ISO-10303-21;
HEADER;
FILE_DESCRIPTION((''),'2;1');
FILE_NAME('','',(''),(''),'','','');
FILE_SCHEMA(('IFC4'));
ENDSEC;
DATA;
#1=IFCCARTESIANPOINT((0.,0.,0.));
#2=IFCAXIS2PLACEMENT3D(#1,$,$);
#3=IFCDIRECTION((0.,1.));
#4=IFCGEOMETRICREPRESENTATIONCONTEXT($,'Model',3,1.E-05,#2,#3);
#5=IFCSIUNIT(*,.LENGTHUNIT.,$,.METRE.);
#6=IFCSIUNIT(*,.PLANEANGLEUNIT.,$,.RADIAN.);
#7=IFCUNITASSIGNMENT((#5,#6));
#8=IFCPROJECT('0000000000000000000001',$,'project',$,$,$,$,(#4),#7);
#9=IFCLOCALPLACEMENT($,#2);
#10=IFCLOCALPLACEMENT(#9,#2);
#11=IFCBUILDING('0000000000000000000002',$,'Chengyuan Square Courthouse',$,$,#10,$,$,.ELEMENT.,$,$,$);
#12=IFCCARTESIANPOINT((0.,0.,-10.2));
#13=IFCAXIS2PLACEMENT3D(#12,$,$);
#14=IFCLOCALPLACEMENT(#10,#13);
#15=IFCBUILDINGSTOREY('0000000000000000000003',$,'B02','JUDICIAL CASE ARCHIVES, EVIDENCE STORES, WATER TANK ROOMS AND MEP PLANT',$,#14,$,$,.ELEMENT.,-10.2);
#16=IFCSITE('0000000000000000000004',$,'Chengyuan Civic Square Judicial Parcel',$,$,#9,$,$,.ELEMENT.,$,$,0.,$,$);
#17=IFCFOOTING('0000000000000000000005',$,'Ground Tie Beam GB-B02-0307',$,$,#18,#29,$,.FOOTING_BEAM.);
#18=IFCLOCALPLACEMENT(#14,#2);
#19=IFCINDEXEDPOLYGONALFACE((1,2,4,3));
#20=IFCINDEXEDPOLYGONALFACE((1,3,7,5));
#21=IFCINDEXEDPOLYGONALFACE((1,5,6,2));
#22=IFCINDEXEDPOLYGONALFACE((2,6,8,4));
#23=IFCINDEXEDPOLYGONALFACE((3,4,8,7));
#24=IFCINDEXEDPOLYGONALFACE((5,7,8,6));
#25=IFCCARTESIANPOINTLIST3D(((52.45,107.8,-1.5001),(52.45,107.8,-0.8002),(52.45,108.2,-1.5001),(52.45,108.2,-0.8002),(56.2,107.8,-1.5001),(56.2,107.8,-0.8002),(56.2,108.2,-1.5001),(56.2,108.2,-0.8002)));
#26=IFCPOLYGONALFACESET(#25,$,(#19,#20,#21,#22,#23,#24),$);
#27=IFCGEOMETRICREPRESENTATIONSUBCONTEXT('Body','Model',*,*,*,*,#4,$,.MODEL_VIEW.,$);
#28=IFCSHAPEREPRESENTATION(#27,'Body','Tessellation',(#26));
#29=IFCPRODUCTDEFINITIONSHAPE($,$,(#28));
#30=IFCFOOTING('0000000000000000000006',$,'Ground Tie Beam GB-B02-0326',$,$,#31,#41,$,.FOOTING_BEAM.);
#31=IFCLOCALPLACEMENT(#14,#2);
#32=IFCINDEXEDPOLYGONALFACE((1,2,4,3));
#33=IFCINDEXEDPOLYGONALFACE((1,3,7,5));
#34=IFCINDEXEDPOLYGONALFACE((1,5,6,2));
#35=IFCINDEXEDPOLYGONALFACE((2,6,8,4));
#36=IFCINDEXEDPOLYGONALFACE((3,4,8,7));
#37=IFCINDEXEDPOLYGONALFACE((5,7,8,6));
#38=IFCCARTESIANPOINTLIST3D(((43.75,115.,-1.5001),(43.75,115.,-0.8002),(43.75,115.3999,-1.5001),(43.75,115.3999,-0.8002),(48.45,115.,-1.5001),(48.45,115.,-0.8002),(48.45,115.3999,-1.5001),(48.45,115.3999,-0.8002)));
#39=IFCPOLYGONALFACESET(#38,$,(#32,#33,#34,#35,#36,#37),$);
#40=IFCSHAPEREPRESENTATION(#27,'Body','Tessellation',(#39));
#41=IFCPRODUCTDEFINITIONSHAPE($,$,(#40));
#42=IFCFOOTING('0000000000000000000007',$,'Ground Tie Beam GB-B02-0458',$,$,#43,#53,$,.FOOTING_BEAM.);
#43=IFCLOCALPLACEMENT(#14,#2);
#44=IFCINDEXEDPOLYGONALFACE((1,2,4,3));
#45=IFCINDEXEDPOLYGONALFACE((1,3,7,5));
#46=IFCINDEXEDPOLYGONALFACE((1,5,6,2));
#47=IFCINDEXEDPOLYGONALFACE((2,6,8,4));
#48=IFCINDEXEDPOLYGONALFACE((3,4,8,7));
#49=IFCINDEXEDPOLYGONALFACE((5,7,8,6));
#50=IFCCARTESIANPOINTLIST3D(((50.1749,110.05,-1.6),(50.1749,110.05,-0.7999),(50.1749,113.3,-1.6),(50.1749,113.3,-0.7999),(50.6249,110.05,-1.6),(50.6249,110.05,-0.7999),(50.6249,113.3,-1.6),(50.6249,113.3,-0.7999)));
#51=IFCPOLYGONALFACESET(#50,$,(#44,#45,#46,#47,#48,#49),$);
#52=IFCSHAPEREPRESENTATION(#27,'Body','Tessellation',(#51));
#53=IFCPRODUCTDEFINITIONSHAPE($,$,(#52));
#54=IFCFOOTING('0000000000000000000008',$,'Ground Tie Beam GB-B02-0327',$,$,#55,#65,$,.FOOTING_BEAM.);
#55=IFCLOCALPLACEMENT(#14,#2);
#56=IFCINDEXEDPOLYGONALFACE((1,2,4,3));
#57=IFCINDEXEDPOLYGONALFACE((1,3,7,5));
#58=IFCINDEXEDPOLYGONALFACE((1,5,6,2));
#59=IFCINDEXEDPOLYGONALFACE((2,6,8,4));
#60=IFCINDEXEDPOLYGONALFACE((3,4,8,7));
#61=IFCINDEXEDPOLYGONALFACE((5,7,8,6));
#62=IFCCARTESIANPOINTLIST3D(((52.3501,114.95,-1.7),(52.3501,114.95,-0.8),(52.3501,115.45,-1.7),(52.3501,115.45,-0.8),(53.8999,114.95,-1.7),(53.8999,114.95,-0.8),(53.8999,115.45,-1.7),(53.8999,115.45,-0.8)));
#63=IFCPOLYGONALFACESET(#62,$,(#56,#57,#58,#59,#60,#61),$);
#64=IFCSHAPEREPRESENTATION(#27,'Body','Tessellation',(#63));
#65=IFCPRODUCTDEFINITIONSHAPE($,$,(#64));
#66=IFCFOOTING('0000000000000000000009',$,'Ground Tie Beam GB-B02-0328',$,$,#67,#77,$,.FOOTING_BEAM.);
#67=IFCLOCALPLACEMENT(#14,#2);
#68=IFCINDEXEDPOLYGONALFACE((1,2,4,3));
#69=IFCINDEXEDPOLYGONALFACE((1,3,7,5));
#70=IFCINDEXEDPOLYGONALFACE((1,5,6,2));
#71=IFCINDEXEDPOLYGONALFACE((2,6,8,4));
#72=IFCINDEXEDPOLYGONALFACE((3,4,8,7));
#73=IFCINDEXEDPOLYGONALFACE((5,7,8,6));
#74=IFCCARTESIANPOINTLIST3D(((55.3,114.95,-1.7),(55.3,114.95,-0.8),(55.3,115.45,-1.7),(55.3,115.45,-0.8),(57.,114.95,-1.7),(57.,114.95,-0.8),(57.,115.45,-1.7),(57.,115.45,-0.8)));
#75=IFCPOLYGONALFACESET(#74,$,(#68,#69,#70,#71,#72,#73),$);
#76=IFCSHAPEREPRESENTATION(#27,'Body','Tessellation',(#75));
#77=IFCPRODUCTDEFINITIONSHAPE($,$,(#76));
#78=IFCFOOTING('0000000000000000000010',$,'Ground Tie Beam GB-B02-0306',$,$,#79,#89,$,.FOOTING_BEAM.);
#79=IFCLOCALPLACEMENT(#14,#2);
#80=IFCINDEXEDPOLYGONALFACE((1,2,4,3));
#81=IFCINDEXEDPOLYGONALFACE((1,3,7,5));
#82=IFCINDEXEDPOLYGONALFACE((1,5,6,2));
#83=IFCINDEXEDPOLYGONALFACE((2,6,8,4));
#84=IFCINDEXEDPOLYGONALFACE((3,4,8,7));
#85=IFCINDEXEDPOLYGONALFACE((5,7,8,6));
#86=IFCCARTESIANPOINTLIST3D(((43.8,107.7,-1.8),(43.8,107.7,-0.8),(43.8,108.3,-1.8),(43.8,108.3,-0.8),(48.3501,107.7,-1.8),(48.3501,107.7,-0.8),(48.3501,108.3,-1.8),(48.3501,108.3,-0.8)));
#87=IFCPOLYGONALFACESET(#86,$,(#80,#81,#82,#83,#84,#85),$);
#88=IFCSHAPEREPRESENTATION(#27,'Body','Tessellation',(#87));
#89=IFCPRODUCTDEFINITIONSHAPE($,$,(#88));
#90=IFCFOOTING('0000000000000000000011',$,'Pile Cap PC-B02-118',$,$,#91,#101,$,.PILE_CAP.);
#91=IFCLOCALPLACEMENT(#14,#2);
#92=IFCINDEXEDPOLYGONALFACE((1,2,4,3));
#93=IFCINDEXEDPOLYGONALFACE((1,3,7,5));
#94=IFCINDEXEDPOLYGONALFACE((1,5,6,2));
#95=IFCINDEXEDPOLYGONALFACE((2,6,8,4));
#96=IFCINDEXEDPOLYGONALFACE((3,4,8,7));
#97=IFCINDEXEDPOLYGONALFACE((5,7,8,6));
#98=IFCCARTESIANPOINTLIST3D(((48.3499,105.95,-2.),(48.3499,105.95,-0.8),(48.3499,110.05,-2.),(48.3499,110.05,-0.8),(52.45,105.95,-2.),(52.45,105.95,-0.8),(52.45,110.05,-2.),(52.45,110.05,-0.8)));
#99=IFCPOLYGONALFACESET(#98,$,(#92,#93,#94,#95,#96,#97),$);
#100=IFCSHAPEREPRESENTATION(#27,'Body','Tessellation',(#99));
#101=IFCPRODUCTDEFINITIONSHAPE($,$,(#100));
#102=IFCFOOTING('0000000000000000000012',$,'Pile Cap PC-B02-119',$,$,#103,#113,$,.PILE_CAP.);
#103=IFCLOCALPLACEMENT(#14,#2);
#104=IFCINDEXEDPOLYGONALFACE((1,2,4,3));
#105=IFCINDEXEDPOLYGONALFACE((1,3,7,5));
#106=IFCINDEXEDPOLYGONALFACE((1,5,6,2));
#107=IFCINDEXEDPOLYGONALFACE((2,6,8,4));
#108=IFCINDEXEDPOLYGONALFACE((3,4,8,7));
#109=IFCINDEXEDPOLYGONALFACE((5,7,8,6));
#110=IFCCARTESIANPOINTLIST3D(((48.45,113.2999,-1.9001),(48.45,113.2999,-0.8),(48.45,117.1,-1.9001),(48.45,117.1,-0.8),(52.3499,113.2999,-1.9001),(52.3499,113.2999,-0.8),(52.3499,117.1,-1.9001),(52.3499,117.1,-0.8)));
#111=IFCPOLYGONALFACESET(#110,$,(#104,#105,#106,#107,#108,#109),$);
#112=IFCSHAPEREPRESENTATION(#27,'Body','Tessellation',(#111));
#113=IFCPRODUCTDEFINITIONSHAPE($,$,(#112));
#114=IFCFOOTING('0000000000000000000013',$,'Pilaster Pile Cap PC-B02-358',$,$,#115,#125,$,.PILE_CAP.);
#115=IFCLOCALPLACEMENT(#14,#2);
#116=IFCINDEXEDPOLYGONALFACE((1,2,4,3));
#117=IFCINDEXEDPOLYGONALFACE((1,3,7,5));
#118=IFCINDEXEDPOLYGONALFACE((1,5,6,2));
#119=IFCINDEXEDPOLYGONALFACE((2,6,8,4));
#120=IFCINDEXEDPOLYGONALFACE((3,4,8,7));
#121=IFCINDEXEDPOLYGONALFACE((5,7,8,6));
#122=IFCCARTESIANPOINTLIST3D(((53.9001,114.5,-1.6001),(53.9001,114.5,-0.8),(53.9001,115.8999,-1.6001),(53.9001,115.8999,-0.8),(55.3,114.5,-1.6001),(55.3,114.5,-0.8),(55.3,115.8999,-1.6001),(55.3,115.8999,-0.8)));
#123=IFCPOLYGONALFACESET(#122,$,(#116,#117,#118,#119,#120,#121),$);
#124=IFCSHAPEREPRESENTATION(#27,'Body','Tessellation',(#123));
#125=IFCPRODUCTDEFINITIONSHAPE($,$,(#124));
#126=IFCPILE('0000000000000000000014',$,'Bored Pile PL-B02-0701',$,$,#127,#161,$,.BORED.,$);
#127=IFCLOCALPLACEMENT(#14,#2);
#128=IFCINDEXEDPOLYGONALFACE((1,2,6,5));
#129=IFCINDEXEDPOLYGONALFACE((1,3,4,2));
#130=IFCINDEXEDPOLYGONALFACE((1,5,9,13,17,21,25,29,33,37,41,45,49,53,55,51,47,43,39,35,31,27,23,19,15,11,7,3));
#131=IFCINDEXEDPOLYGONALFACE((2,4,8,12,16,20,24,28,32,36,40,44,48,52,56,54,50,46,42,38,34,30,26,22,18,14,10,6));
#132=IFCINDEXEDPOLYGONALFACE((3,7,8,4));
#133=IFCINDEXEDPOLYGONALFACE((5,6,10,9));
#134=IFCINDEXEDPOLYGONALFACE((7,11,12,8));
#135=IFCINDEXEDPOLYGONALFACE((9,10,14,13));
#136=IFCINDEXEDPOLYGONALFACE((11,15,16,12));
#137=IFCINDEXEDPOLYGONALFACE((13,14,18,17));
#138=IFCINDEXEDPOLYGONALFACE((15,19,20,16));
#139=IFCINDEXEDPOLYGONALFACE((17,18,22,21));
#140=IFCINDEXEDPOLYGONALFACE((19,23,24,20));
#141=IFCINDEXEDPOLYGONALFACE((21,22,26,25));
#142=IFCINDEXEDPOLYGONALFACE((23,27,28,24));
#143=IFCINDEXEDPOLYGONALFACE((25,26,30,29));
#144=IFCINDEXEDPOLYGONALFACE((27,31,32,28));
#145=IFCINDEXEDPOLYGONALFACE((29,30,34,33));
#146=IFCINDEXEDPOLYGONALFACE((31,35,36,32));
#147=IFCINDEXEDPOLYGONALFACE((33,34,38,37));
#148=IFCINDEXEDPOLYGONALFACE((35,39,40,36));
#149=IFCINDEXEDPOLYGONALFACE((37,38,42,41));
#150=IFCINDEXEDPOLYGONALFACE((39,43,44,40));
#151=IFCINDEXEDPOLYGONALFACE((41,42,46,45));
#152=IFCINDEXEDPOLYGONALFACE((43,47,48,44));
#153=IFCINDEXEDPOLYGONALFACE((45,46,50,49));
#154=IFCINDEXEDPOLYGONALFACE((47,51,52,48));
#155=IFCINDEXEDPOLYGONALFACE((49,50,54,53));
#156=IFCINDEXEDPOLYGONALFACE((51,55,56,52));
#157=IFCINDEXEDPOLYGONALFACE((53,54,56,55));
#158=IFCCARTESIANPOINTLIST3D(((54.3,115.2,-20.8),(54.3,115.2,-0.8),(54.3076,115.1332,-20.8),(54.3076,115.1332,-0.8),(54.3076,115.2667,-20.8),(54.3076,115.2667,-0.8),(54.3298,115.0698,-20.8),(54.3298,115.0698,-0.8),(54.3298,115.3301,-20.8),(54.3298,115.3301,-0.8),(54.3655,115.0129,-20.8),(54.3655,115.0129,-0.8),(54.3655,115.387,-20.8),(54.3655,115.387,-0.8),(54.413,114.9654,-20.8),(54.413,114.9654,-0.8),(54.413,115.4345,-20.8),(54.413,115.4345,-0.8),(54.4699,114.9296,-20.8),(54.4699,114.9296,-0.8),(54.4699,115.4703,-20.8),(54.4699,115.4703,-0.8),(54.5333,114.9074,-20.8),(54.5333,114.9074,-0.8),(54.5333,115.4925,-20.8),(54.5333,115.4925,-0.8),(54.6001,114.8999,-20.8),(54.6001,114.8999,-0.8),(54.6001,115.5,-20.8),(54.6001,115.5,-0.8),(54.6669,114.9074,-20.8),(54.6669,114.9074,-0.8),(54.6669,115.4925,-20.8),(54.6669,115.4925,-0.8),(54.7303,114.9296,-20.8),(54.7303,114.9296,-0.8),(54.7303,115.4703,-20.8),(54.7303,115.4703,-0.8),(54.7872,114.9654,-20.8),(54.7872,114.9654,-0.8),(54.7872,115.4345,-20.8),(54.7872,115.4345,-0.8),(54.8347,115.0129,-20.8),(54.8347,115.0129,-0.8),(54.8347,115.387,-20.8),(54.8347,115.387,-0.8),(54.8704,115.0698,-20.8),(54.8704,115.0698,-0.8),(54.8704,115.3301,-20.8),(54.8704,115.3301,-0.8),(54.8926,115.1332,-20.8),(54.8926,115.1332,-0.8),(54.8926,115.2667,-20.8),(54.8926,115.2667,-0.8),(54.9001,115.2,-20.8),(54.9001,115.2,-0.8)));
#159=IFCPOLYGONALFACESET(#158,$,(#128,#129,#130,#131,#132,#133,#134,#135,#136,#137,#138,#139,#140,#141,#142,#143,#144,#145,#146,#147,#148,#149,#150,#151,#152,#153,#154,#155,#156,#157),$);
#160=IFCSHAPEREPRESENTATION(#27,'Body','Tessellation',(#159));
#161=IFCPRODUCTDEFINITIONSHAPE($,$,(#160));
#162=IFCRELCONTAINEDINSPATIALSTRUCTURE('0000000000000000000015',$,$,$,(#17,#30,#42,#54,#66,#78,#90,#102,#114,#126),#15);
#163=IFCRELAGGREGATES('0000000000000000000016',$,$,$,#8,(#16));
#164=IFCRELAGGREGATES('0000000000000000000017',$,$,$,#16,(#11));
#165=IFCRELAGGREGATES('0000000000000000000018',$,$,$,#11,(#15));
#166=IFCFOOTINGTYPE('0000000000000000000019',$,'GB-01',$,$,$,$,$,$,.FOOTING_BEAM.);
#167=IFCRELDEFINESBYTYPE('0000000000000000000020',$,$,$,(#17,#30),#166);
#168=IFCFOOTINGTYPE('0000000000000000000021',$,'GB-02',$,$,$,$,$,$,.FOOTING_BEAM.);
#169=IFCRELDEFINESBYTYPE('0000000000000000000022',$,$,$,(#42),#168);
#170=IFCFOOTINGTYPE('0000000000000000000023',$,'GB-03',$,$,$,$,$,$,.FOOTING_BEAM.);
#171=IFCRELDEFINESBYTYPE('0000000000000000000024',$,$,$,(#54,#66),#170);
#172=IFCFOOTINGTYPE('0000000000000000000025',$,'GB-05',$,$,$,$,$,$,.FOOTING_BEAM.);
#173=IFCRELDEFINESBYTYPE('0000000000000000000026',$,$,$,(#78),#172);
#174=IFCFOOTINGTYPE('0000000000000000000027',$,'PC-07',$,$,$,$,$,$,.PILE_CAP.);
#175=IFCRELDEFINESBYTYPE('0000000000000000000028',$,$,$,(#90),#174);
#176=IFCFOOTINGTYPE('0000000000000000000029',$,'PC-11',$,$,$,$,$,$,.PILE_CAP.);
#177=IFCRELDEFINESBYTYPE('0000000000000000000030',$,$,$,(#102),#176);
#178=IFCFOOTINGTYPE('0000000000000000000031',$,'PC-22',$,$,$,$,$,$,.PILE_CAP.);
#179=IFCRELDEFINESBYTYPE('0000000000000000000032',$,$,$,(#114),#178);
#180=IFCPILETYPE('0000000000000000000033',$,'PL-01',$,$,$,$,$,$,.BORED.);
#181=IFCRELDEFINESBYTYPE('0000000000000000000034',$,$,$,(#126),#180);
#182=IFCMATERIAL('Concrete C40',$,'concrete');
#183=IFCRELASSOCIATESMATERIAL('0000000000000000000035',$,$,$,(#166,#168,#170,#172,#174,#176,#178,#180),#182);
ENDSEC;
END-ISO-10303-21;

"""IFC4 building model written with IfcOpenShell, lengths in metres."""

from ifc_helpers import new_model, si_unit, direction, frame, origin, origin_2d, place, context, subcontext, project, spatial, rectangle, circle, extrude, material, material_profile, profile_set, type_object, element, save


model = new_model("IFC4")

# Units and contexts
model_context = context("Model", 3, precision=1e-05, world=origin(), true_north=direction((0.0, 1.0)))
body_context = subcontext(model_context, "Body", "Model", "MODEL_VIEW")
ifc_project = project(units=[si_unit("LENGTHUNIT", "METRE"), si_unit("PLANEANGLEUNIT", "RADIAN")], contexts=[model_context])

# Site, building, storey
site_placement = place(None, origin())
site = spatial("IfcSite", under=ifc_project, at=site_placement, Name="Chengyuan Civic Square Judicial Parcel", CompositionType="ELEMENT", RefElevation=0.0)
building_placement = place(site_placement, origin())
building = spatial("IfcBuilding", under=site, at=building_placement, Name="Chengyuan Square Courthouse", CompositionType="ELEMENT")
storey_placement = place(building_placement, frame((0.0, 0.0, -10.2)))
storey = spatial("IfcBuildingStorey", under=building, at=storey_placement, Name="B02", Description="JUDICIAL CASE ARCHIVES, EVIDENCE STORES, WATER TANK ROOMS AND MEP PLANT", CompositionType="ELEMENT", Elevation=-10.2)

# Footings
ifc_material_1 = material(Name="Concrete C40", Category="concrete")
ifc_material_profile_1 = material_profile(ifc_material_1, rectangle(XDim=0.3999, YDim=0.7, at=origin_2d()), Name="GB-400x700")
ifc_profile_set_1 = profile_set([ifc_material_profile_1], Name="Concrete C40")
footing_type_1 = type_object("IfcFootingType", Name="GB-01", PredefinedType="FOOTING_BEAM", material=ifc_profile_set_1)
footing_1_placement = place(storey_placement, frame((52.45, 108.0, -1.1501), z_axis=(1.0, 0.0, 0.0), x_axis=(0.0, 1.0, 0.0)))
element("IfcFooting", 1, at=footing_1_placement, inside=storey, type_object=footing_type_1, Name="Ground Tie Beam GB-B02-0307", PredefinedType="FOOTING_BEAM", context=body_context, shape_type="SweptSolid", body=[
    extrude(rectangle(XDim=0.3999, YDim=0.7, at=origin_2d()), origin(), (0.0, 0.0, 1.0), 3.75),
])
footing_2_placement = place(storey_placement, frame((43.75, 115.2, -1.1501), z_axis=(1.0, 0.0, 0.0), x_axis=(0.0, 1.0, 0.0)))
element("IfcFooting", 2, at=footing_2_placement, inside=storey, type_object=footing_type_1, Name="Ground Tie Beam GB-B02-0326", PredefinedType="FOOTING_BEAM", context=body_context, shape_type="SweptSolid", body=[
    extrude(rectangle(XDim=0.3999, YDim=0.7, at=origin_2d()), origin(), (0.0, 0.0, 1.0), 4.7),
])
ifc_material_profile_2 = material_profile(ifc_material_1, rectangle(XDim=0.45, YDim=0.8, at=origin_2d()), Name="GB-450x800")
ifc_profile_set_2 = profile_set([ifc_material_profile_2], Name="Concrete C40")
footing_type_2 = type_object("IfcFootingType", Name="GB-02", PredefinedType="FOOTING_BEAM", material=ifc_profile_set_2)
footing_3_placement = place(storey_placement, frame((50.3999, 110.05, -1.2), z_axis=(0.0, 1.0, 0.0), x_axis=(-1.0, 0.0, 0.0)))
element("IfcFooting", 3, at=footing_3_placement, inside=storey, type_object=footing_type_2, Name="Ground Tie Beam GB-B02-0458", PredefinedType="FOOTING_BEAM", context=body_context, shape_type="SweptSolid", body=[
    extrude(rectangle(XDim=0.45, YDim=0.8, at=origin_2d()), origin(), (0.0, 0.0, 1.0), 3.25),
])
ifc_material_profile_3 = material_profile(ifc_material_1, rectangle(XDim=0.5, YDim=0.8999, at=origin_2d()), Name="GB-500x900")
ifc_profile_set_3 = profile_set([ifc_material_profile_3], Name="Concrete C40")
footing_type_3 = type_object("IfcFootingType", Name="GB-03", PredefinedType="FOOTING_BEAM", material=ifc_profile_set_3)
footing_4_placement = place(storey_placement, frame((52.3501, 115.2, -1.25), z_axis=(1.0, 0.0, 0.0), x_axis=(0.0, 1.0, 0.0)))
element("IfcFooting", 4, at=footing_4_placement, inside=storey, type_object=footing_type_3, Name="Ground Tie Beam GB-B02-0327", PredefinedType="FOOTING_BEAM", context=body_context, shape_type="SweptSolid", body=[
    extrude(rectangle(XDim=0.5, YDim=0.8999, at=origin_2d()), origin(), (0.0, 0.0, 1.0), 1.5498),
])
footing_5_placement = place(storey_placement, frame((55.3, 115.2, -1.25), z_axis=(1.0, 0.0, 0.0), x_axis=(0.0, 1.0, 0.0)))
element("IfcFooting", 5, at=footing_5_placement, inside=storey, type_object=footing_type_3, Name="Ground Tie Beam GB-B02-0328", PredefinedType="FOOTING_BEAM", context=body_context, shape_type="SweptSolid", body=[
    extrude(rectangle(XDim=0.5, YDim=0.8999, at=origin_2d()), origin(), (0.0, 0.0, 1.0), 1.7),
])
ifc_material_profile_4 = material_profile(ifc_material_1, rectangle(XDim=0.6001, YDim=1.0, at=origin_2d()), Name="GB-600x1000")
ifc_profile_set_4 = profile_set([ifc_material_profile_4], Name="Concrete C40")
footing_type_4 = type_object("IfcFootingType", Name="GB-05", PredefinedType="FOOTING_BEAM", material=ifc_profile_set_4)
footing_6_placement = place(storey_placement, frame((43.8, 108.0, -1.3), z_axis=(1.0, 0.0, 0.0), x_axis=(0.0, 1.0, 0.0)))
element("IfcFooting", 6, at=footing_6_placement, inside=storey, type_object=footing_type_4, Name="Ground Tie Beam GB-B02-0306", PredefinedType="FOOTING_BEAM", context=body_context, shape_type="SweptSolid", body=[
    extrude(rectangle(XDim=0.6001, YDim=1.0, at=origin_2d()), origin(), (0.0, 0.0, 1.0), 4.55),
])
footing_type_5 = type_object("IfcFootingType", Name="PC-07", PredefinedType="PILE_CAP", material=ifc_material_1)
footing_7_placement = place(storey_placement, frame((50.3999, 108.0, -2.0), z_axis=(0.0, 0.0, 1.0), x_axis=(1.0, 0.0, 0.0)))
element("IfcFooting", 7, at=footing_7_placement, inside=storey, type_object=footing_type_5, Name="Pile Cap PC-B02-118", PredefinedType="PILE_CAP", context=body_context, shape_type="SweptSolid", body=[
    extrude(rectangle(XDim=4.1001, YDim=4.1001, at=origin_2d()), origin(), (0.0, 0.0, 1.0), 1.2),
])
footing_type_6 = type_object("IfcFootingType", Name="PC-11", PredefinedType="PILE_CAP", material=ifc_material_1)
footing_8_placement = place(storey_placement, frame((50.3999, 115.2, -1.9001), z_axis=(0.0, 0.0, 1.0), x_axis=(1.0, 0.0, 0.0)))
element("IfcFooting", 8, at=footing_8_placement, inside=storey, type_object=footing_type_6, Name="Pile Cap PC-B02-119", PredefinedType="PILE_CAP", context=body_context, shape_type="SweptSolid", body=[
    extrude(rectangle(XDim=3.8999, YDim=3.8, at=origin_2d()), origin(), (0.0, 0.0, 1.0), 1.1001),
])
footing_type_7 = type_object("IfcFootingType", Name="PC-22", PredefinedType="PILE_CAP", material=ifc_material_1)
footing_9_placement = place(storey_placement, frame((54.6001, 115.2, -1.6001), z_axis=(0.0, 0.0, 1.0), x_axis=(1.0, 0.0, 0.0)))
element("IfcFooting", 9, at=footing_9_placement, inside=storey, type_object=footing_type_7, Name="Pilaster Pile Cap PC-B02-358", PredefinedType="PILE_CAP", context=body_context, shape_type="SweptSolid", body=[
    extrude(rectangle(XDim=1.3999, YDim=1.3999, at=origin_2d()), origin(), (0.0, 0.0, 1.0), 0.8),
])

# Pile
ifc_material_profile_5 = material_profile(ifc_material_1, circle(Radius=0.3, at=origin_2d()), Name="BORED PILE D600")
ifc_profile_set_5 = profile_set([ifc_material_profile_5], Name="Concrete C40")
pile_type_1 = type_object("IfcPileType", Name="PL-01", PredefinedType="BORED", material=ifc_profile_set_5)
pile_placement = place(storey_placement, frame((54.6001, 115.2, -0.8), z_axis=(0.0, 0.0, -1.0), x_axis=(1.0, 0.0, 0.0)))
element("IfcPile", 10, at=pile_placement, inside=storey, type_object=pile_type_1, Name="Bored Pile PL-B02-0701", PredefinedType="BORED", context=body_context, shape_type="SweptSolid", body=[
    extrude(circle(Radius=0.3, at=origin_2d()), origin(), (0.0, 0.0, 1.0), 20.0),
])

save(model, "model.ifc")
